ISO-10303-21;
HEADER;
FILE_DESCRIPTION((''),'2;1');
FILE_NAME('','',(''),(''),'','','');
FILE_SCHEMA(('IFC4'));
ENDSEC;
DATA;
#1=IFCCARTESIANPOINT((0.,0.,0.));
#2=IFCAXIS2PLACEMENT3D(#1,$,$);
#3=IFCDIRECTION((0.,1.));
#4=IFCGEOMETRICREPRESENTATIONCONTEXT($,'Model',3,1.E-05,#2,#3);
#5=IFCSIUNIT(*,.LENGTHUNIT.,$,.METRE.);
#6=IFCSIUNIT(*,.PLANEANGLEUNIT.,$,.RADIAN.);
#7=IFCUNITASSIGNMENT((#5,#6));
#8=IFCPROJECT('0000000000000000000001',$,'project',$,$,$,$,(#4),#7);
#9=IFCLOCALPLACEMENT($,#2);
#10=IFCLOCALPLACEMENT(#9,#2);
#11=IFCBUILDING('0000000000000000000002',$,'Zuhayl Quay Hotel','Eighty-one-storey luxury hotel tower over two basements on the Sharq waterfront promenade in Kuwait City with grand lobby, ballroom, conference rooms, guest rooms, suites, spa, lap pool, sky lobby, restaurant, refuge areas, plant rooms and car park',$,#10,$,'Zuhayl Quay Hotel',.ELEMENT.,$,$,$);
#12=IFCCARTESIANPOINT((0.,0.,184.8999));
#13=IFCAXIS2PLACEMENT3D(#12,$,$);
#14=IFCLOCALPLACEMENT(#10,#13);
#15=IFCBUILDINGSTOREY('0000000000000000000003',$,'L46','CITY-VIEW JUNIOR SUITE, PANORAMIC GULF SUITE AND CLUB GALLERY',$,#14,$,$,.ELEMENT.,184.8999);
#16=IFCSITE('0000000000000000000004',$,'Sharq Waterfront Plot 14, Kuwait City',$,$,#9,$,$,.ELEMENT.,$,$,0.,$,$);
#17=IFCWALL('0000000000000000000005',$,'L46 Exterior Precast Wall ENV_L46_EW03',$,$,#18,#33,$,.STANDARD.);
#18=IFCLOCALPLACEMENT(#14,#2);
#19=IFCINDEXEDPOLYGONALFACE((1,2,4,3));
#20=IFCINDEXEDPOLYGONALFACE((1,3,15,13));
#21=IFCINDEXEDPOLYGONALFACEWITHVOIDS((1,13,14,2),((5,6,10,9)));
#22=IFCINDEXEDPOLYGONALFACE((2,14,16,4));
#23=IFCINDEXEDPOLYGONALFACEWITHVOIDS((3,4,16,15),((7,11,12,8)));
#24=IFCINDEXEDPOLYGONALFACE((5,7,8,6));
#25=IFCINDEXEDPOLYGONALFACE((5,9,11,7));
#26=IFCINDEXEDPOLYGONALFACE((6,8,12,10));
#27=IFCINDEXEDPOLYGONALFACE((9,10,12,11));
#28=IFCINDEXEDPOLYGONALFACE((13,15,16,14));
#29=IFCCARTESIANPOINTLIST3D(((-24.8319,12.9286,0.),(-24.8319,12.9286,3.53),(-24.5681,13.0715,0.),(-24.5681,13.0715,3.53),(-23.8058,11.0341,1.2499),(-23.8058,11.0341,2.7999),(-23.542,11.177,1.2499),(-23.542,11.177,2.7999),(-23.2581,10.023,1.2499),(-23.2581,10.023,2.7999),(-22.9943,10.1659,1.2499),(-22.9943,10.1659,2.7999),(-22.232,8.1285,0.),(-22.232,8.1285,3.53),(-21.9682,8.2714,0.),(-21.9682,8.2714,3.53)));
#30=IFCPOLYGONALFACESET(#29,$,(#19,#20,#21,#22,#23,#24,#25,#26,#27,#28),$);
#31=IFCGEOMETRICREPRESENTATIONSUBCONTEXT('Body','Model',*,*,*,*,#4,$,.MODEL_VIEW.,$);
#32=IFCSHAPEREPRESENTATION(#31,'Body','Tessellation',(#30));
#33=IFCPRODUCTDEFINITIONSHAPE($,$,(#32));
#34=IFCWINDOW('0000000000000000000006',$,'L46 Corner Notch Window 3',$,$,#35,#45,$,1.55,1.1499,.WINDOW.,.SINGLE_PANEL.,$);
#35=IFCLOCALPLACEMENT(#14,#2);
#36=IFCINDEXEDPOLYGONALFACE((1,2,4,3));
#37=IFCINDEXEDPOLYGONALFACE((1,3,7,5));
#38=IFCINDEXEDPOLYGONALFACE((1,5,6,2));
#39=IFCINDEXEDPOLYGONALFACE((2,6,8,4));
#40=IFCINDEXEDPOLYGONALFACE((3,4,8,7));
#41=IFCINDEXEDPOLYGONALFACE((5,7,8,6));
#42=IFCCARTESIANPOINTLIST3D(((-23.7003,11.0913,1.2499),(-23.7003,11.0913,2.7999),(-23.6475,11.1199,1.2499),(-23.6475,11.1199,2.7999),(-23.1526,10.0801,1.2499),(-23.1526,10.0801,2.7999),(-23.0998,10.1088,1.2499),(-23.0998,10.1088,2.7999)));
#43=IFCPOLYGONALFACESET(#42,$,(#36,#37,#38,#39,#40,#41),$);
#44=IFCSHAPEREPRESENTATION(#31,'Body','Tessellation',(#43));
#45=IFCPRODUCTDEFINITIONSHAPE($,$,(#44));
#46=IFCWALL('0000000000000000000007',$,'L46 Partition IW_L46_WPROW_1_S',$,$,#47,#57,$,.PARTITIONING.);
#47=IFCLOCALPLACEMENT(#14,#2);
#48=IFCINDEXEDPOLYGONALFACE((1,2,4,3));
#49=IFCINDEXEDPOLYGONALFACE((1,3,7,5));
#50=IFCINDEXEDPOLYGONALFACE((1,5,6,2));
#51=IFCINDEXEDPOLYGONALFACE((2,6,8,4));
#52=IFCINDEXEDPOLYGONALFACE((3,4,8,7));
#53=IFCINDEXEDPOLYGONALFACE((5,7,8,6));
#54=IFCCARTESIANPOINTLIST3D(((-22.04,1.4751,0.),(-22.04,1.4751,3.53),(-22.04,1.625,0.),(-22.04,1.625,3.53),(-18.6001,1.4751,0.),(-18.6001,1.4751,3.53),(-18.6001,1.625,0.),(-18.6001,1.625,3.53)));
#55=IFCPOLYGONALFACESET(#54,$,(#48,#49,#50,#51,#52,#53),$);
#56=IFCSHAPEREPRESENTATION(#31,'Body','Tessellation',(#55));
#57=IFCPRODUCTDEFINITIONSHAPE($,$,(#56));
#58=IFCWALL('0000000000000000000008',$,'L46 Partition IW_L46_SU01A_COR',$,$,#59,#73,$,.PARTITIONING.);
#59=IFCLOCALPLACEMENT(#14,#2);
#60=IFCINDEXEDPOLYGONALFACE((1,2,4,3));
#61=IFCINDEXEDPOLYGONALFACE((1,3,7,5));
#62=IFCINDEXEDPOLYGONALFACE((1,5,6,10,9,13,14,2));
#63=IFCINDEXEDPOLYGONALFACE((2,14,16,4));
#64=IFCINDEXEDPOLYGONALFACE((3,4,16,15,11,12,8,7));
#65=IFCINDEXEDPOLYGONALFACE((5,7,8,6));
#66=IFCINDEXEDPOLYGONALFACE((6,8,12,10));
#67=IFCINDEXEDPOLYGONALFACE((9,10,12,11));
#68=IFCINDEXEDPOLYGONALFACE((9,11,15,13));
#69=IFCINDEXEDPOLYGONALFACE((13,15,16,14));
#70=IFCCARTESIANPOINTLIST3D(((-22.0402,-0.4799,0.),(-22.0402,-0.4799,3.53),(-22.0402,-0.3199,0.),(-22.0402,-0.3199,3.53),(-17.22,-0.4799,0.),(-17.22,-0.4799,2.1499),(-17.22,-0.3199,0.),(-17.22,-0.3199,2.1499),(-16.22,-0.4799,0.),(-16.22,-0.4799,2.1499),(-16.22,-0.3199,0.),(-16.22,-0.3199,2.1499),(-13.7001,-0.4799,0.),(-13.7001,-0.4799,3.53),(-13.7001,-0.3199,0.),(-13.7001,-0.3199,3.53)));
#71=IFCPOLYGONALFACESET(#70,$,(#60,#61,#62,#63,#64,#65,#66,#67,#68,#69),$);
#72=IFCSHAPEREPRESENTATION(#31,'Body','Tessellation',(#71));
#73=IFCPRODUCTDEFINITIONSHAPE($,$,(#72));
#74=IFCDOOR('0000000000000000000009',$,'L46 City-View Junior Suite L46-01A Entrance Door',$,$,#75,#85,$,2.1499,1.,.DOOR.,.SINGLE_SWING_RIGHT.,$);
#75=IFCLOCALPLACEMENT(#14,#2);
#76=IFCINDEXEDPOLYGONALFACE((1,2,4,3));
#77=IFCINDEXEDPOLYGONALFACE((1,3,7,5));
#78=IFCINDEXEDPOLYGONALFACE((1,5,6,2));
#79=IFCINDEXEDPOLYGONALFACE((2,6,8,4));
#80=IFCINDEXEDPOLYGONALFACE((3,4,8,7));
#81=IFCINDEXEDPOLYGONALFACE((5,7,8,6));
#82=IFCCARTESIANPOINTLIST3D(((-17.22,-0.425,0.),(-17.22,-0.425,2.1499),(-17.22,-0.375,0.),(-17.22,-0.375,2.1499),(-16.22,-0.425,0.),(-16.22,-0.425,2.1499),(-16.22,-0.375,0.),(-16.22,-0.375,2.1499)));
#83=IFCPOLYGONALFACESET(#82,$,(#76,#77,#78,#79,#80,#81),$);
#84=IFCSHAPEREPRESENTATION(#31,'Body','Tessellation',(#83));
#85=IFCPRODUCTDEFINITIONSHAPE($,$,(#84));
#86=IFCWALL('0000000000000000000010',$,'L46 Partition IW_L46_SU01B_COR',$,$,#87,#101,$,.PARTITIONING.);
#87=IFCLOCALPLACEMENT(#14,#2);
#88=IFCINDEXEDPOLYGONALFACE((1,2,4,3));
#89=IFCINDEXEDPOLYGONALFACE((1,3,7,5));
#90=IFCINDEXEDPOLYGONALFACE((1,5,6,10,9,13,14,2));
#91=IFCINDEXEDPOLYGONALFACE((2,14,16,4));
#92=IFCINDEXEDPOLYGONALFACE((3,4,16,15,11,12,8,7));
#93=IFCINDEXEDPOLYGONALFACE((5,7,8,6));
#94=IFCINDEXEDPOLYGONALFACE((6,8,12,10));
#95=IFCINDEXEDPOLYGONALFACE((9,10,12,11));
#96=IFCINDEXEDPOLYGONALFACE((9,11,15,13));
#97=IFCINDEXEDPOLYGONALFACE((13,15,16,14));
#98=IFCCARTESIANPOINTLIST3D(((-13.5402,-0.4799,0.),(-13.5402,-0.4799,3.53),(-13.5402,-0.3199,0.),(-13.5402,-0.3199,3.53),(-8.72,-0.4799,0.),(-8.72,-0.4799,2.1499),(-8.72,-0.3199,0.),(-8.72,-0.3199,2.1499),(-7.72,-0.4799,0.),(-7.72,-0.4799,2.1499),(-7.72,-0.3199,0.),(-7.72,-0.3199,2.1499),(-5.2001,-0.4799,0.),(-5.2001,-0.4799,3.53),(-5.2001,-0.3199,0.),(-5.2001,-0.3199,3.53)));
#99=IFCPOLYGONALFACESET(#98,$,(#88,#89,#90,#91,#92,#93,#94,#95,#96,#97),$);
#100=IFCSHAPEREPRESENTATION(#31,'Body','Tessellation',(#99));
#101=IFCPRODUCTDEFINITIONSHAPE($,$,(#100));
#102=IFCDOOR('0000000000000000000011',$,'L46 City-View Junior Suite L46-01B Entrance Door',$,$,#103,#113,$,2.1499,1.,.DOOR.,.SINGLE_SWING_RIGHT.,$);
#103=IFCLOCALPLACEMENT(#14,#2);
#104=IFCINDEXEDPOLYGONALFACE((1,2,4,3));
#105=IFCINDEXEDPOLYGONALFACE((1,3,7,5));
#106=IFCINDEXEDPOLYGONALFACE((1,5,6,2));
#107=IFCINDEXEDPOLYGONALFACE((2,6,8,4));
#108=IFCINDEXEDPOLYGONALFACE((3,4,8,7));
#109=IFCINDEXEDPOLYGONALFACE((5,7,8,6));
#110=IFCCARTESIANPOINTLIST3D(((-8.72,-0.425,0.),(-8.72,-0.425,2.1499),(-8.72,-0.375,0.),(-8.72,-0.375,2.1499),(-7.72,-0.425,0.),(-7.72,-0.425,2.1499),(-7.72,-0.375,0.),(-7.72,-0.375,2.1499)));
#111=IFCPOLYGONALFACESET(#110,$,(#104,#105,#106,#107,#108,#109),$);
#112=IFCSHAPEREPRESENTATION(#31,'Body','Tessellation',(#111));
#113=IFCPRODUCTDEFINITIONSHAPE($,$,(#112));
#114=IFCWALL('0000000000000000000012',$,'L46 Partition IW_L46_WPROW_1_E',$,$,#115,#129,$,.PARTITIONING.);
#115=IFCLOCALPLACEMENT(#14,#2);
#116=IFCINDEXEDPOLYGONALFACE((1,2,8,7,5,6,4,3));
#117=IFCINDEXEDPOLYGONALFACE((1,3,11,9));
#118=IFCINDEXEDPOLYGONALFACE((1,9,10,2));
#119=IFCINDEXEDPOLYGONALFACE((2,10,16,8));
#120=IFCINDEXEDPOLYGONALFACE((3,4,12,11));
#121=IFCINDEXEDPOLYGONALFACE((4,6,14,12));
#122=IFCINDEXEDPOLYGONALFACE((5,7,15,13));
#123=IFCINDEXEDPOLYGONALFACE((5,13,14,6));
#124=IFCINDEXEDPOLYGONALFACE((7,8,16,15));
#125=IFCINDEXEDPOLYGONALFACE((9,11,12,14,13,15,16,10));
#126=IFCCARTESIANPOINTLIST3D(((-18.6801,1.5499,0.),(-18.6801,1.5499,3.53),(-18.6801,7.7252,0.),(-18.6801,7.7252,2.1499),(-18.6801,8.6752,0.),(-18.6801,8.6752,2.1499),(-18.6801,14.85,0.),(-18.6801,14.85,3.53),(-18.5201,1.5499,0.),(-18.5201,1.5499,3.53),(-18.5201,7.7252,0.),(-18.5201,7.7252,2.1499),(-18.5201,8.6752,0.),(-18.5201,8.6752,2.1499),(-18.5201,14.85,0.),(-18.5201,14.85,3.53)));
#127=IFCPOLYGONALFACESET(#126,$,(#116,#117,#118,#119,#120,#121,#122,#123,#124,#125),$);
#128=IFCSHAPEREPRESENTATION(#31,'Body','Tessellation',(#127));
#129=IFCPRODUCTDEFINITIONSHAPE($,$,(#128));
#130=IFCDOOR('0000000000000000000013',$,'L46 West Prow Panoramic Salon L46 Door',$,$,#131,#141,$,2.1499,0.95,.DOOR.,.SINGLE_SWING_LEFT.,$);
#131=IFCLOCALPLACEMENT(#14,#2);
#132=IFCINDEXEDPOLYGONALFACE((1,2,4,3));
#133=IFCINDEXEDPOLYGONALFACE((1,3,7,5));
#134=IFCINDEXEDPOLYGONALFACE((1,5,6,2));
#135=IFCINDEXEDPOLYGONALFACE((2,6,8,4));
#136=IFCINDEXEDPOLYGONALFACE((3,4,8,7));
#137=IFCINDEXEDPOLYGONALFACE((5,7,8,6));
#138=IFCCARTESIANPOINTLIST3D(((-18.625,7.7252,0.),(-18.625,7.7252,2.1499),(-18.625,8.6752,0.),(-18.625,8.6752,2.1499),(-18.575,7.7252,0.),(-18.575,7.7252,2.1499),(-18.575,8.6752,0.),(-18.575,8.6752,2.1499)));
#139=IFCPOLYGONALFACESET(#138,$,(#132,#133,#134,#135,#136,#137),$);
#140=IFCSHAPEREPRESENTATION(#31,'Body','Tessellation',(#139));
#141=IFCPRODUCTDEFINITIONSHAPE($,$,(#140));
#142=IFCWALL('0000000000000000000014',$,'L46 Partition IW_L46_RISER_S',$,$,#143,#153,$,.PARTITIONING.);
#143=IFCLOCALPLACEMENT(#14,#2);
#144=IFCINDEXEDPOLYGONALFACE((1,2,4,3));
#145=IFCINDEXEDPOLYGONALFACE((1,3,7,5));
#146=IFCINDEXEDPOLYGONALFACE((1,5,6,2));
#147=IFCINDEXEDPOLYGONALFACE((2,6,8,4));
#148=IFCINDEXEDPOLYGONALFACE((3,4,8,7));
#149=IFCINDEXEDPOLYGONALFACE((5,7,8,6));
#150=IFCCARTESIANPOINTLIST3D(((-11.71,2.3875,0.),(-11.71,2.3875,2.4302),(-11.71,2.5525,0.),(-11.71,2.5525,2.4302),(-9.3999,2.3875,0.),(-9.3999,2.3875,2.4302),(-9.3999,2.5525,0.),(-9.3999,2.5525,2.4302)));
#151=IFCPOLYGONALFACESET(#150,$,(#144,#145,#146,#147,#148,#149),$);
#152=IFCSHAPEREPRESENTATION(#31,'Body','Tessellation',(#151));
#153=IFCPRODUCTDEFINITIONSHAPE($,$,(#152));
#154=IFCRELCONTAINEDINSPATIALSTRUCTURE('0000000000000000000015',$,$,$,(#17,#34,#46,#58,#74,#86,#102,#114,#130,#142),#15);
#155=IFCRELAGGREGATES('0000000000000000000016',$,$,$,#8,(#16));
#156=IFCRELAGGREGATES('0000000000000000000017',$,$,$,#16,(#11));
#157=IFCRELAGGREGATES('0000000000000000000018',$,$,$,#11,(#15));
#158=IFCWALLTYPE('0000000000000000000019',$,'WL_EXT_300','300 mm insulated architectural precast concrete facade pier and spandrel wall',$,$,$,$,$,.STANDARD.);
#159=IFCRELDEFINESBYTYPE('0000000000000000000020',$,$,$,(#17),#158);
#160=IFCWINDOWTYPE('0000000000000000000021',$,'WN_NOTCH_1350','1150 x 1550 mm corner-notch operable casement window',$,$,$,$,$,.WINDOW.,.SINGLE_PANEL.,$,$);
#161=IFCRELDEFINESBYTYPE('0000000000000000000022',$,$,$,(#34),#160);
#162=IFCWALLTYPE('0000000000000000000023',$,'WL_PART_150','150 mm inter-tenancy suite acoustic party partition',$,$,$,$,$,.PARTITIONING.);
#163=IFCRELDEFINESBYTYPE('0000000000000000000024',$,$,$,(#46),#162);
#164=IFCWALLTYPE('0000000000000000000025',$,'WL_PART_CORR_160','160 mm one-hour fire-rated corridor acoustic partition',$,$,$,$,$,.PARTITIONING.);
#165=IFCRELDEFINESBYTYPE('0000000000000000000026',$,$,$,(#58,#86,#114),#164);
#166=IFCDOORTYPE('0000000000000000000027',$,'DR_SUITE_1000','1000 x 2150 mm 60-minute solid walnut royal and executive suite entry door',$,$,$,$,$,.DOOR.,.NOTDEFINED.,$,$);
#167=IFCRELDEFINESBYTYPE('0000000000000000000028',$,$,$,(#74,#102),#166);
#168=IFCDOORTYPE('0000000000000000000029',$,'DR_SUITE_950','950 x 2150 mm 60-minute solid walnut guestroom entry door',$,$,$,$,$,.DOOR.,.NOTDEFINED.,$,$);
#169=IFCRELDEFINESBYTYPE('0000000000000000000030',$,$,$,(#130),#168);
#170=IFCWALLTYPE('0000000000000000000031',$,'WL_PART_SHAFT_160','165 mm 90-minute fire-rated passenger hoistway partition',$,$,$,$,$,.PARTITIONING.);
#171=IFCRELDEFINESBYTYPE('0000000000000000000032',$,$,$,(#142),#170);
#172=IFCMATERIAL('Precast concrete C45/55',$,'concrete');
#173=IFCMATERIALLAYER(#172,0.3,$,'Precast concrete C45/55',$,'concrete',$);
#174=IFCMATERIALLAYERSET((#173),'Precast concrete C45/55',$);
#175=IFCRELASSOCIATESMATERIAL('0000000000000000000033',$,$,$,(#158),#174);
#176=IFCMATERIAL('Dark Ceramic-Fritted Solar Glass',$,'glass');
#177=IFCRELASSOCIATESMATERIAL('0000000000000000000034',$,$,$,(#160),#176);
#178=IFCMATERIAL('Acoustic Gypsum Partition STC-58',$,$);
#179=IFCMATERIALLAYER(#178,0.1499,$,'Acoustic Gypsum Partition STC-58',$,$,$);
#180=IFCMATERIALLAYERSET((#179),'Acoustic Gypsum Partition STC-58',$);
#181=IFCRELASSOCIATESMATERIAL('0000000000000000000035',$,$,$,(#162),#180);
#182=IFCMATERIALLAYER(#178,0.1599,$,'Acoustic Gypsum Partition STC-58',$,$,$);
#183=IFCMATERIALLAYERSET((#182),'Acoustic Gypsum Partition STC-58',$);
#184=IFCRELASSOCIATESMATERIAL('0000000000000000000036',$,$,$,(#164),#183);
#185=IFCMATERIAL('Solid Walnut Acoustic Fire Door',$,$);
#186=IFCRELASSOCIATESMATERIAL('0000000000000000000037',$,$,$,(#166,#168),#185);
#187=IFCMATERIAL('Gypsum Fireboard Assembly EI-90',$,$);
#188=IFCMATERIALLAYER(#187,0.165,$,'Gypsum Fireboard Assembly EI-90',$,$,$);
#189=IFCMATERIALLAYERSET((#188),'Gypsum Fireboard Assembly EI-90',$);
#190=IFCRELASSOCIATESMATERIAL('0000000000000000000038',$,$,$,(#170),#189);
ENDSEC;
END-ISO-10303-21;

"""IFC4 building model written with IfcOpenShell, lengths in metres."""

from ifc_helpers import new_model, si_unit, direction, frame, frame_2d, origin, place, context, subcontext, project, spatial, rectangle, extrude, material, layer, layer_set, type_object, element, fill, save


model = new_model("IFC4")

# Units and contexts
model_context = context("Model", 3, precision=1e-05, world=origin(), true_north=direction((0.0, 1.0)))
body_context = subcontext(model_context, "Body", "Model", "MODEL_VIEW")
ifc_project = project(units=[si_unit("LENGTHUNIT", "METRE"), si_unit("PLANEANGLEUNIT", "RADIAN")], contexts=[model_context])

# Site, building, storey
site_placement = place(None, origin())
site = spatial("IfcSite", under=ifc_project, at=site_placement, Name="Sharq Waterfront Plot 14, Kuwait City", CompositionType="ELEMENT", RefElevation=0.0)
building_placement = place(site_placement, origin())
building = spatial("IfcBuilding", under=site, at=building_placement, Name="Zuhayl Quay Hotel", Description="Eighty-one-storey luxury hotel tower over two basements on the Sharq waterfront promenade in Kuwait City with grand lobby, ballroom, conference rooms, guest rooms, suites, spa, lap pool, sky lobby, restaurant, refuge areas, plant rooms and car park", LongName="Zuhayl Quay Hotel", CompositionType="ELEMENT")
storey_placement = place(building_placement, frame((0.0, 0.0, 184.8999)))
storey = spatial("IfcBuildingStorey", under=building, at=storey_placement, Name="L46", Description="CITY-VIEW JUNIOR SUITE, PANORAMIC GULF SUITE AND CLUB GALLERY", CompositionType="ELEMENT", Elevation=184.8999)

# Shared definitions
ifc_material_1 = material(Name="Dark Ceramic-Fritted Solar Glass", Category="glass")

# Shared definitions
ifc_material_2 = material(Name="Precast concrete C45/55", Category="concrete")
ifc_layer_1 = layer(ifc_material_2, 0.3, Name="Precast concrete C45/55", Category="concrete")
ifc_layer_set_1 = layer_set([ifc_layer_1], Name="Precast concrete C45/55")
wall_type_1 = type_object("IfcWallType", Name="WL_EXT_300", Description="300 mm insulated architectural precast concrete facade pier and spandrel wall", PredefinedType="STANDARD", material=ifc_layer_set_1)

# Wall, opening, window
wall_1_placement = place(storey_placement, frame((-22.1001, 8.2, 0.0), z_axis=(0.0, 0.0, 1.0), x_axis=(-0.476259, 0.879305, 0.0)))
wall_1 = element("IfcWall", 1, at=wall_1_placement, inside=storey, type_object=wall_type_1, Name="L46 Exterior Precast Wall ENV_L46_EW03", PredefinedType="STANDARD", context=body_context, shape_type="SweptSolid", body=[
    extrude(rectangle(XDim=5.459, YDim=0.3, at=frame_2d((2.7295, 0.0))), origin(), (0.0, 0.0, 1.0), 3.53),
])
opening_1_placement = place(wall_1_placement, frame((2.1545, 0.0, 1.25)))
opening_1 = element("IfcOpeningElement", 2, at=opening_1_placement, cuts=wall_1, PredefinedType="OPENING", context=body_context, shape_type="SweptSolid", body=[
    extrude(rectangle(XDim=1.1499, YDim=1.55, at=frame_2d((0.575, 0.7749))), frame((0.0, 0.1599, 0.0), z_axis=(0.0, -1.0, 0.0), x_axis=(1.0, 0.0, 0.0)), (0.0, 0.0, 1.0), 0.3201),
])
window_type = type_object("IfcWindowType", Name="WN_NOTCH_1350", Description="1150 x 1550 mm corner-notch operable casement window", PartitioningType="SINGLE_PANEL", PredefinedType="WINDOW", material=ifc_material_1)
window_placement = place(opening_1_placement, origin())
window = element("IfcWindow", 3, at=window_placement, inside=storey, type_object=window_type, Name="L46 Corner Notch Window 3", OverallHeight=1.55, OverallWidth=1.1499, PartitioningType="SINGLE_PANEL", PredefinedType="WINDOW", context=body_context, shape_type="SweptSolid", body=[
    extrude(rectangle(XDim=1.1499, YDim=1.55, at=frame_2d((0.575, 0.7749))), frame((0.0, 0.03, 0.0), z_axis=(0.0, -1.0, 0.0), x_axis=(1.0, 0.0, 0.0)), (0.0, 0.0, 1.0), 0.0601),
])
fill(opening_1, window)

# Wall
ifc_material_3 = material(Name="Acoustic Gypsum Partition STC-58")
ifc_layer_2 = layer(ifc_material_3, 0.1499, Name="Acoustic Gypsum Partition STC-58")
ifc_layer_set_2 = layer_set([ifc_layer_2], Name="Acoustic Gypsum Partition STC-58")
wall_type_2 = type_object("IfcWallType", Name="WL_PART_150", Description="150 mm inter-tenancy suite acoustic party partition", PredefinedType="PARTITIONING", material=ifc_layer_set_2)
wall_2_placement = place(storey_placement, frame((-22.04, 1.55, 0.0), z_axis=(0.0, 0.0, 1.0), x_axis=(1.0, 0.0, 0.0)))
element("IfcWall", 4, at=wall_2_placement, inside=storey, type_object=wall_type_2, Name="L46 Partition IW_L46_WPROW_1_S", PredefinedType="PARTITIONING", context=body_context, shape_type="SweptSolid", body=[
    extrude(rectangle(XDim=3.4399, YDim=0.1499, at=frame_2d((1.72, 0.0))), origin(), (0.0, 0.0, 1.0), 3.53),
])

# Walls, openings, doors
ifc_layer_3 = layer(ifc_material_3, 0.1599, Name="Acoustic Gypsum Partition STC-58")
ifc_layer_set_3 = layer_set([ifc_layer_3], Name="Acoustic Gypsum Partition STC-58")
wall_type_3 = type_object("IfcWallType", Name="WL_PART_CORR_160", Description="160 mm one-hour fire-rated corridor acoustic partition", PredefinedType="PARTITIONING", material=ifc_layer_set_3)
wall_3_placement = place(storey_placement, frame((-22.04, -0.3999, 0.0), z_axis=(0.0, 0.0, 1.0), x_axis=(1.0, 0.0, 0.0)))
wall_3 = element("IfcWall", 5, at=wall_3_placement, inside=storey, type_object=wall_type_3, Name="L46 Partition IW_L46_SU01A_COR", PredefinedType="PARTITIONING", context=body_context, shape_type="SweptSolid", body=[
    extrude(rectangle(XDim=8.3401, YDim=0.1599, at=frame_2d((4.1699, 0.0))), origin(), (0.0, 0.0, 1.0), 3.53),
])
opening_2_placement = place(wall_3_placement, frame((4.8201, 0.0, 0.0)))
opening_2 = element("IfcOpeningElement", 6, at=opening_2_placement, cuts=wall_3, PredefinedType="OPENING", context=body_context, shape_type="SweptSolid", body=[
    extrude(rectangle(XDim=1.0, YDim=2.1499, at=frame_2d((0.5, 1.075))), frame((0.0, 0.0898, 0.0), z_axis=(0.0, -1.0, 0.0), x_axis=(1.0, 0.0, 0.0)), (0.0, 0.0, 1.0), 0.1799),
])
ifc_material_4 = material(Name="Solid Walnut Acoustic Fire Door")
door_type_1 = type_object("IfcDoorType", Name="DR_SUITE_1000", Description="1000 x 2150 mm 60-minute solid walnut royal and executive suite entry door", OperationType="NOTDEFINED", PredefinedType="DOOR", material=ifc_material_4)
door_1_placement = place(opening_2_placement, origin())
door_1 = element("IfcDoor", 7, at=door_1_placement, inside=storey, type_object=door_type_1, Name="L46 City-View Junior Suite L46-01A Entrance Door", OperationType="SINGLE_SWING_RIGHT", OverallHeight=2.1499, OverallWidth=1.0, PredefinedType="DOOR", context=body_context, shape_type="SweptSolid", body=[
    extrude(rectangle(XDim=1.0, YDim=2.1499, at=frame_2d((0.5, 1.075))), frame((0.0, 0.0249, 0.0), z_axis=(0.0, -1.0, 0.0), x_axis=(1.0, 0.0, 0.0)), (0.0, 0.0, 1.0), 0.05),
])
fill(opening_2, door_1)
wall_4_placement = place(storey_placement, frame((-13.54, -0.3999, 0.0), z_axis=(0.0, 0.0, 1.0), x_axis=(1.0, 0.0, 0.0)))
wall_4 = element("IfcWall", 8, at=wall_4_placement, inside=storey, type_object=wall_type_3, Name="L46 Partition IW_L46_SU01B_COR", PredefinedType="PARTITIONING", context=body_context, shape_type="SweptSolid", body=[
    extrude(rectangle(XDim=8.3401, YDim=0.1599, at=frame_2d((4.1699, 0.0))), origin(), (0.0, 0.0, 1.0), 3.53),
])
opening_3_placement = place(wall_4_placement, frame((4.8201, 0.0, 0.0)))
opening_3 = element("IfcOpeningElement", 9, at=opening_3_placement, cuts=wall_4, PredefinedType="OPENING", context=body_context, shape_type="SweptSolid", body=[
    extrude(rectangle(XDim=1.0, YDim=2.1499, at=frame_2d((0.5, 1.075))), frame((0.0, 0.0898, 0.0), z_axis=(0.0, -1.0, 0.0), x_axis=(1.0, 0.0, 0.0)), (0.0, 0.0, 1.0), 0.1799),
])
door_2_placement = place(opening_3_placement, origin())
door_2 = element("IfcDoor", 10, at=door_2_placement, inside=storey, type_object=door_type_1, Name="L46 City-View Junior Suite L46-01B Entrance Door", OperationType="SINGLE_SWING_RIGHT", OverallHeight=2.1499, OverallWidth=1.0, PredefinedType="DOOR", context=body_context, shape_type="SweptSolid", body=[
    extrude(rectangle(XDim=1.0, YDim=2.1499, at=frame_2d((0.5, 1.075))), frame((0.0, 0.0249, 0.0), z_axis=(0.0, -1.0, 0.0), x_axis=(1.0, 0.0, 0.0)), (0.0, 0.0, 1.0), 0.05),
])
fill(opening_3, door_2)
wall_5_placement = place(storey_placement, frame((-18.6001, 1.55, 0.0), z_axis=(0.0, 0.0, 1.0), x_axis=(0.0, 1.0, 0.0)))
wall_5 = element("IfcWall", 11, at=wall_5_placement, inside=storey, type_object=wall_type_3, Name="L46 Partition IW_L46_WPROW_1_E", PredefinedType="PARTITIONING", context=body_context, shape_type="SweptSolid", body=[
    extrude(rectangle(XDim=13.3, YDim=0.1599, at=frame_2d((6.6499, 0.0))), origin(), (0.0, 0.0, 1.0), 3.53),
])
opening_4_placement = place(wall_5_placement, frame((6.175, 0.0, 0.0)))
opening_4 = element("IfcOpeningElement", 12, at=opening_4_placement, cuts=wall_5, PredefinedType="OPENING", context=body_context, shape_type="SweptSolid", body=[
    extrude(rectangle(XDim=0.95, YDim=2.1499, at=frame_2d((0.4751, 1.075))), frame((0.0, 0.0898, 0.0), z_axis=(0.0, -1.0, 0.0), x_axis=(1.0, 0.0, 0.0)), (0.0, 0.0, 1.0), 0.1799),
])
door_type_2 = type_object("IfcDoorType", Name="DR_SUITE_950", Description="950 x 2150 mm 60-minute solid walnut guestroom entry door", OperationType="NOTDEFINED", PredefinedType="DOOR", material=ifc_material_4)
door_3_placement = place(opening_4_placement, origin())
door_3 = element("IfcDoor", 13, at=door_3_placement, inside=storey, type_object=door_type_2, Name="L46 West Prow Panoramic Salon L46 Door", OperationType="SINGLE_SWING_LEFT", OverallHeight=2.1499, OverallWidth=0.95, PredefinedType="DOOR", context=body_context, shape_type="SweptSolid", body=[
    extrude(rectangle(XDim=0.95, YDim=2.1499, at=frame_2d((0.4751, 1.075))), frame((0.0, 0.0249, 0.0), z_axis=(0.0, -1.0, 0.0), x_axis=(1.0, 0.0, 0.0)), (0.0, 0.0, 1.0), 0.05),
])
fill(opening_4, door_3)

# Wall
ifc_material_5 = material(Name="Gypsum Fireboard Assembly EI-90")
ifc_layer_4 = layer(ifc_material_5, 0.165, Name="Gypsum Fireboard Assembly EI-90")
ifc_layer_set_4 = layer_set([ifc_layer_4], Name="Gypsum Fireboard Assembly EI-90")
wall_type_4 = type_object("IfcWallType", Name="WL_PART_SHAFT_160", Description="165 mm 90-minute fire-rated passenger hoistway partition", PredefinedType="PARTITIONING", material=ifc_layer_set_4)
wall_6_placement = place(storey_placement, frame((-11.71, 2.47, 0.0), z_axis=(0.0, 0.0, 1.0), x_axis=(1.0, 0.0, 0.0)))
element("IfcWall", 14, at=wall_6_placement, inside=storey, type_object=wall_type_4, Name="L46 Partition IW_L46_RISER_S", PredefinedType="PARTITIONING", context=body_context, shape_type="SweptSolid", body=[
    extrude(rectangle(XDim=2.3101, YDim=0.165, at=frame_2d((1.155, 0.0))), origin(), (0.0, 0.0, 1.0), 2.4302),
])

save(model, "model.ifc")
